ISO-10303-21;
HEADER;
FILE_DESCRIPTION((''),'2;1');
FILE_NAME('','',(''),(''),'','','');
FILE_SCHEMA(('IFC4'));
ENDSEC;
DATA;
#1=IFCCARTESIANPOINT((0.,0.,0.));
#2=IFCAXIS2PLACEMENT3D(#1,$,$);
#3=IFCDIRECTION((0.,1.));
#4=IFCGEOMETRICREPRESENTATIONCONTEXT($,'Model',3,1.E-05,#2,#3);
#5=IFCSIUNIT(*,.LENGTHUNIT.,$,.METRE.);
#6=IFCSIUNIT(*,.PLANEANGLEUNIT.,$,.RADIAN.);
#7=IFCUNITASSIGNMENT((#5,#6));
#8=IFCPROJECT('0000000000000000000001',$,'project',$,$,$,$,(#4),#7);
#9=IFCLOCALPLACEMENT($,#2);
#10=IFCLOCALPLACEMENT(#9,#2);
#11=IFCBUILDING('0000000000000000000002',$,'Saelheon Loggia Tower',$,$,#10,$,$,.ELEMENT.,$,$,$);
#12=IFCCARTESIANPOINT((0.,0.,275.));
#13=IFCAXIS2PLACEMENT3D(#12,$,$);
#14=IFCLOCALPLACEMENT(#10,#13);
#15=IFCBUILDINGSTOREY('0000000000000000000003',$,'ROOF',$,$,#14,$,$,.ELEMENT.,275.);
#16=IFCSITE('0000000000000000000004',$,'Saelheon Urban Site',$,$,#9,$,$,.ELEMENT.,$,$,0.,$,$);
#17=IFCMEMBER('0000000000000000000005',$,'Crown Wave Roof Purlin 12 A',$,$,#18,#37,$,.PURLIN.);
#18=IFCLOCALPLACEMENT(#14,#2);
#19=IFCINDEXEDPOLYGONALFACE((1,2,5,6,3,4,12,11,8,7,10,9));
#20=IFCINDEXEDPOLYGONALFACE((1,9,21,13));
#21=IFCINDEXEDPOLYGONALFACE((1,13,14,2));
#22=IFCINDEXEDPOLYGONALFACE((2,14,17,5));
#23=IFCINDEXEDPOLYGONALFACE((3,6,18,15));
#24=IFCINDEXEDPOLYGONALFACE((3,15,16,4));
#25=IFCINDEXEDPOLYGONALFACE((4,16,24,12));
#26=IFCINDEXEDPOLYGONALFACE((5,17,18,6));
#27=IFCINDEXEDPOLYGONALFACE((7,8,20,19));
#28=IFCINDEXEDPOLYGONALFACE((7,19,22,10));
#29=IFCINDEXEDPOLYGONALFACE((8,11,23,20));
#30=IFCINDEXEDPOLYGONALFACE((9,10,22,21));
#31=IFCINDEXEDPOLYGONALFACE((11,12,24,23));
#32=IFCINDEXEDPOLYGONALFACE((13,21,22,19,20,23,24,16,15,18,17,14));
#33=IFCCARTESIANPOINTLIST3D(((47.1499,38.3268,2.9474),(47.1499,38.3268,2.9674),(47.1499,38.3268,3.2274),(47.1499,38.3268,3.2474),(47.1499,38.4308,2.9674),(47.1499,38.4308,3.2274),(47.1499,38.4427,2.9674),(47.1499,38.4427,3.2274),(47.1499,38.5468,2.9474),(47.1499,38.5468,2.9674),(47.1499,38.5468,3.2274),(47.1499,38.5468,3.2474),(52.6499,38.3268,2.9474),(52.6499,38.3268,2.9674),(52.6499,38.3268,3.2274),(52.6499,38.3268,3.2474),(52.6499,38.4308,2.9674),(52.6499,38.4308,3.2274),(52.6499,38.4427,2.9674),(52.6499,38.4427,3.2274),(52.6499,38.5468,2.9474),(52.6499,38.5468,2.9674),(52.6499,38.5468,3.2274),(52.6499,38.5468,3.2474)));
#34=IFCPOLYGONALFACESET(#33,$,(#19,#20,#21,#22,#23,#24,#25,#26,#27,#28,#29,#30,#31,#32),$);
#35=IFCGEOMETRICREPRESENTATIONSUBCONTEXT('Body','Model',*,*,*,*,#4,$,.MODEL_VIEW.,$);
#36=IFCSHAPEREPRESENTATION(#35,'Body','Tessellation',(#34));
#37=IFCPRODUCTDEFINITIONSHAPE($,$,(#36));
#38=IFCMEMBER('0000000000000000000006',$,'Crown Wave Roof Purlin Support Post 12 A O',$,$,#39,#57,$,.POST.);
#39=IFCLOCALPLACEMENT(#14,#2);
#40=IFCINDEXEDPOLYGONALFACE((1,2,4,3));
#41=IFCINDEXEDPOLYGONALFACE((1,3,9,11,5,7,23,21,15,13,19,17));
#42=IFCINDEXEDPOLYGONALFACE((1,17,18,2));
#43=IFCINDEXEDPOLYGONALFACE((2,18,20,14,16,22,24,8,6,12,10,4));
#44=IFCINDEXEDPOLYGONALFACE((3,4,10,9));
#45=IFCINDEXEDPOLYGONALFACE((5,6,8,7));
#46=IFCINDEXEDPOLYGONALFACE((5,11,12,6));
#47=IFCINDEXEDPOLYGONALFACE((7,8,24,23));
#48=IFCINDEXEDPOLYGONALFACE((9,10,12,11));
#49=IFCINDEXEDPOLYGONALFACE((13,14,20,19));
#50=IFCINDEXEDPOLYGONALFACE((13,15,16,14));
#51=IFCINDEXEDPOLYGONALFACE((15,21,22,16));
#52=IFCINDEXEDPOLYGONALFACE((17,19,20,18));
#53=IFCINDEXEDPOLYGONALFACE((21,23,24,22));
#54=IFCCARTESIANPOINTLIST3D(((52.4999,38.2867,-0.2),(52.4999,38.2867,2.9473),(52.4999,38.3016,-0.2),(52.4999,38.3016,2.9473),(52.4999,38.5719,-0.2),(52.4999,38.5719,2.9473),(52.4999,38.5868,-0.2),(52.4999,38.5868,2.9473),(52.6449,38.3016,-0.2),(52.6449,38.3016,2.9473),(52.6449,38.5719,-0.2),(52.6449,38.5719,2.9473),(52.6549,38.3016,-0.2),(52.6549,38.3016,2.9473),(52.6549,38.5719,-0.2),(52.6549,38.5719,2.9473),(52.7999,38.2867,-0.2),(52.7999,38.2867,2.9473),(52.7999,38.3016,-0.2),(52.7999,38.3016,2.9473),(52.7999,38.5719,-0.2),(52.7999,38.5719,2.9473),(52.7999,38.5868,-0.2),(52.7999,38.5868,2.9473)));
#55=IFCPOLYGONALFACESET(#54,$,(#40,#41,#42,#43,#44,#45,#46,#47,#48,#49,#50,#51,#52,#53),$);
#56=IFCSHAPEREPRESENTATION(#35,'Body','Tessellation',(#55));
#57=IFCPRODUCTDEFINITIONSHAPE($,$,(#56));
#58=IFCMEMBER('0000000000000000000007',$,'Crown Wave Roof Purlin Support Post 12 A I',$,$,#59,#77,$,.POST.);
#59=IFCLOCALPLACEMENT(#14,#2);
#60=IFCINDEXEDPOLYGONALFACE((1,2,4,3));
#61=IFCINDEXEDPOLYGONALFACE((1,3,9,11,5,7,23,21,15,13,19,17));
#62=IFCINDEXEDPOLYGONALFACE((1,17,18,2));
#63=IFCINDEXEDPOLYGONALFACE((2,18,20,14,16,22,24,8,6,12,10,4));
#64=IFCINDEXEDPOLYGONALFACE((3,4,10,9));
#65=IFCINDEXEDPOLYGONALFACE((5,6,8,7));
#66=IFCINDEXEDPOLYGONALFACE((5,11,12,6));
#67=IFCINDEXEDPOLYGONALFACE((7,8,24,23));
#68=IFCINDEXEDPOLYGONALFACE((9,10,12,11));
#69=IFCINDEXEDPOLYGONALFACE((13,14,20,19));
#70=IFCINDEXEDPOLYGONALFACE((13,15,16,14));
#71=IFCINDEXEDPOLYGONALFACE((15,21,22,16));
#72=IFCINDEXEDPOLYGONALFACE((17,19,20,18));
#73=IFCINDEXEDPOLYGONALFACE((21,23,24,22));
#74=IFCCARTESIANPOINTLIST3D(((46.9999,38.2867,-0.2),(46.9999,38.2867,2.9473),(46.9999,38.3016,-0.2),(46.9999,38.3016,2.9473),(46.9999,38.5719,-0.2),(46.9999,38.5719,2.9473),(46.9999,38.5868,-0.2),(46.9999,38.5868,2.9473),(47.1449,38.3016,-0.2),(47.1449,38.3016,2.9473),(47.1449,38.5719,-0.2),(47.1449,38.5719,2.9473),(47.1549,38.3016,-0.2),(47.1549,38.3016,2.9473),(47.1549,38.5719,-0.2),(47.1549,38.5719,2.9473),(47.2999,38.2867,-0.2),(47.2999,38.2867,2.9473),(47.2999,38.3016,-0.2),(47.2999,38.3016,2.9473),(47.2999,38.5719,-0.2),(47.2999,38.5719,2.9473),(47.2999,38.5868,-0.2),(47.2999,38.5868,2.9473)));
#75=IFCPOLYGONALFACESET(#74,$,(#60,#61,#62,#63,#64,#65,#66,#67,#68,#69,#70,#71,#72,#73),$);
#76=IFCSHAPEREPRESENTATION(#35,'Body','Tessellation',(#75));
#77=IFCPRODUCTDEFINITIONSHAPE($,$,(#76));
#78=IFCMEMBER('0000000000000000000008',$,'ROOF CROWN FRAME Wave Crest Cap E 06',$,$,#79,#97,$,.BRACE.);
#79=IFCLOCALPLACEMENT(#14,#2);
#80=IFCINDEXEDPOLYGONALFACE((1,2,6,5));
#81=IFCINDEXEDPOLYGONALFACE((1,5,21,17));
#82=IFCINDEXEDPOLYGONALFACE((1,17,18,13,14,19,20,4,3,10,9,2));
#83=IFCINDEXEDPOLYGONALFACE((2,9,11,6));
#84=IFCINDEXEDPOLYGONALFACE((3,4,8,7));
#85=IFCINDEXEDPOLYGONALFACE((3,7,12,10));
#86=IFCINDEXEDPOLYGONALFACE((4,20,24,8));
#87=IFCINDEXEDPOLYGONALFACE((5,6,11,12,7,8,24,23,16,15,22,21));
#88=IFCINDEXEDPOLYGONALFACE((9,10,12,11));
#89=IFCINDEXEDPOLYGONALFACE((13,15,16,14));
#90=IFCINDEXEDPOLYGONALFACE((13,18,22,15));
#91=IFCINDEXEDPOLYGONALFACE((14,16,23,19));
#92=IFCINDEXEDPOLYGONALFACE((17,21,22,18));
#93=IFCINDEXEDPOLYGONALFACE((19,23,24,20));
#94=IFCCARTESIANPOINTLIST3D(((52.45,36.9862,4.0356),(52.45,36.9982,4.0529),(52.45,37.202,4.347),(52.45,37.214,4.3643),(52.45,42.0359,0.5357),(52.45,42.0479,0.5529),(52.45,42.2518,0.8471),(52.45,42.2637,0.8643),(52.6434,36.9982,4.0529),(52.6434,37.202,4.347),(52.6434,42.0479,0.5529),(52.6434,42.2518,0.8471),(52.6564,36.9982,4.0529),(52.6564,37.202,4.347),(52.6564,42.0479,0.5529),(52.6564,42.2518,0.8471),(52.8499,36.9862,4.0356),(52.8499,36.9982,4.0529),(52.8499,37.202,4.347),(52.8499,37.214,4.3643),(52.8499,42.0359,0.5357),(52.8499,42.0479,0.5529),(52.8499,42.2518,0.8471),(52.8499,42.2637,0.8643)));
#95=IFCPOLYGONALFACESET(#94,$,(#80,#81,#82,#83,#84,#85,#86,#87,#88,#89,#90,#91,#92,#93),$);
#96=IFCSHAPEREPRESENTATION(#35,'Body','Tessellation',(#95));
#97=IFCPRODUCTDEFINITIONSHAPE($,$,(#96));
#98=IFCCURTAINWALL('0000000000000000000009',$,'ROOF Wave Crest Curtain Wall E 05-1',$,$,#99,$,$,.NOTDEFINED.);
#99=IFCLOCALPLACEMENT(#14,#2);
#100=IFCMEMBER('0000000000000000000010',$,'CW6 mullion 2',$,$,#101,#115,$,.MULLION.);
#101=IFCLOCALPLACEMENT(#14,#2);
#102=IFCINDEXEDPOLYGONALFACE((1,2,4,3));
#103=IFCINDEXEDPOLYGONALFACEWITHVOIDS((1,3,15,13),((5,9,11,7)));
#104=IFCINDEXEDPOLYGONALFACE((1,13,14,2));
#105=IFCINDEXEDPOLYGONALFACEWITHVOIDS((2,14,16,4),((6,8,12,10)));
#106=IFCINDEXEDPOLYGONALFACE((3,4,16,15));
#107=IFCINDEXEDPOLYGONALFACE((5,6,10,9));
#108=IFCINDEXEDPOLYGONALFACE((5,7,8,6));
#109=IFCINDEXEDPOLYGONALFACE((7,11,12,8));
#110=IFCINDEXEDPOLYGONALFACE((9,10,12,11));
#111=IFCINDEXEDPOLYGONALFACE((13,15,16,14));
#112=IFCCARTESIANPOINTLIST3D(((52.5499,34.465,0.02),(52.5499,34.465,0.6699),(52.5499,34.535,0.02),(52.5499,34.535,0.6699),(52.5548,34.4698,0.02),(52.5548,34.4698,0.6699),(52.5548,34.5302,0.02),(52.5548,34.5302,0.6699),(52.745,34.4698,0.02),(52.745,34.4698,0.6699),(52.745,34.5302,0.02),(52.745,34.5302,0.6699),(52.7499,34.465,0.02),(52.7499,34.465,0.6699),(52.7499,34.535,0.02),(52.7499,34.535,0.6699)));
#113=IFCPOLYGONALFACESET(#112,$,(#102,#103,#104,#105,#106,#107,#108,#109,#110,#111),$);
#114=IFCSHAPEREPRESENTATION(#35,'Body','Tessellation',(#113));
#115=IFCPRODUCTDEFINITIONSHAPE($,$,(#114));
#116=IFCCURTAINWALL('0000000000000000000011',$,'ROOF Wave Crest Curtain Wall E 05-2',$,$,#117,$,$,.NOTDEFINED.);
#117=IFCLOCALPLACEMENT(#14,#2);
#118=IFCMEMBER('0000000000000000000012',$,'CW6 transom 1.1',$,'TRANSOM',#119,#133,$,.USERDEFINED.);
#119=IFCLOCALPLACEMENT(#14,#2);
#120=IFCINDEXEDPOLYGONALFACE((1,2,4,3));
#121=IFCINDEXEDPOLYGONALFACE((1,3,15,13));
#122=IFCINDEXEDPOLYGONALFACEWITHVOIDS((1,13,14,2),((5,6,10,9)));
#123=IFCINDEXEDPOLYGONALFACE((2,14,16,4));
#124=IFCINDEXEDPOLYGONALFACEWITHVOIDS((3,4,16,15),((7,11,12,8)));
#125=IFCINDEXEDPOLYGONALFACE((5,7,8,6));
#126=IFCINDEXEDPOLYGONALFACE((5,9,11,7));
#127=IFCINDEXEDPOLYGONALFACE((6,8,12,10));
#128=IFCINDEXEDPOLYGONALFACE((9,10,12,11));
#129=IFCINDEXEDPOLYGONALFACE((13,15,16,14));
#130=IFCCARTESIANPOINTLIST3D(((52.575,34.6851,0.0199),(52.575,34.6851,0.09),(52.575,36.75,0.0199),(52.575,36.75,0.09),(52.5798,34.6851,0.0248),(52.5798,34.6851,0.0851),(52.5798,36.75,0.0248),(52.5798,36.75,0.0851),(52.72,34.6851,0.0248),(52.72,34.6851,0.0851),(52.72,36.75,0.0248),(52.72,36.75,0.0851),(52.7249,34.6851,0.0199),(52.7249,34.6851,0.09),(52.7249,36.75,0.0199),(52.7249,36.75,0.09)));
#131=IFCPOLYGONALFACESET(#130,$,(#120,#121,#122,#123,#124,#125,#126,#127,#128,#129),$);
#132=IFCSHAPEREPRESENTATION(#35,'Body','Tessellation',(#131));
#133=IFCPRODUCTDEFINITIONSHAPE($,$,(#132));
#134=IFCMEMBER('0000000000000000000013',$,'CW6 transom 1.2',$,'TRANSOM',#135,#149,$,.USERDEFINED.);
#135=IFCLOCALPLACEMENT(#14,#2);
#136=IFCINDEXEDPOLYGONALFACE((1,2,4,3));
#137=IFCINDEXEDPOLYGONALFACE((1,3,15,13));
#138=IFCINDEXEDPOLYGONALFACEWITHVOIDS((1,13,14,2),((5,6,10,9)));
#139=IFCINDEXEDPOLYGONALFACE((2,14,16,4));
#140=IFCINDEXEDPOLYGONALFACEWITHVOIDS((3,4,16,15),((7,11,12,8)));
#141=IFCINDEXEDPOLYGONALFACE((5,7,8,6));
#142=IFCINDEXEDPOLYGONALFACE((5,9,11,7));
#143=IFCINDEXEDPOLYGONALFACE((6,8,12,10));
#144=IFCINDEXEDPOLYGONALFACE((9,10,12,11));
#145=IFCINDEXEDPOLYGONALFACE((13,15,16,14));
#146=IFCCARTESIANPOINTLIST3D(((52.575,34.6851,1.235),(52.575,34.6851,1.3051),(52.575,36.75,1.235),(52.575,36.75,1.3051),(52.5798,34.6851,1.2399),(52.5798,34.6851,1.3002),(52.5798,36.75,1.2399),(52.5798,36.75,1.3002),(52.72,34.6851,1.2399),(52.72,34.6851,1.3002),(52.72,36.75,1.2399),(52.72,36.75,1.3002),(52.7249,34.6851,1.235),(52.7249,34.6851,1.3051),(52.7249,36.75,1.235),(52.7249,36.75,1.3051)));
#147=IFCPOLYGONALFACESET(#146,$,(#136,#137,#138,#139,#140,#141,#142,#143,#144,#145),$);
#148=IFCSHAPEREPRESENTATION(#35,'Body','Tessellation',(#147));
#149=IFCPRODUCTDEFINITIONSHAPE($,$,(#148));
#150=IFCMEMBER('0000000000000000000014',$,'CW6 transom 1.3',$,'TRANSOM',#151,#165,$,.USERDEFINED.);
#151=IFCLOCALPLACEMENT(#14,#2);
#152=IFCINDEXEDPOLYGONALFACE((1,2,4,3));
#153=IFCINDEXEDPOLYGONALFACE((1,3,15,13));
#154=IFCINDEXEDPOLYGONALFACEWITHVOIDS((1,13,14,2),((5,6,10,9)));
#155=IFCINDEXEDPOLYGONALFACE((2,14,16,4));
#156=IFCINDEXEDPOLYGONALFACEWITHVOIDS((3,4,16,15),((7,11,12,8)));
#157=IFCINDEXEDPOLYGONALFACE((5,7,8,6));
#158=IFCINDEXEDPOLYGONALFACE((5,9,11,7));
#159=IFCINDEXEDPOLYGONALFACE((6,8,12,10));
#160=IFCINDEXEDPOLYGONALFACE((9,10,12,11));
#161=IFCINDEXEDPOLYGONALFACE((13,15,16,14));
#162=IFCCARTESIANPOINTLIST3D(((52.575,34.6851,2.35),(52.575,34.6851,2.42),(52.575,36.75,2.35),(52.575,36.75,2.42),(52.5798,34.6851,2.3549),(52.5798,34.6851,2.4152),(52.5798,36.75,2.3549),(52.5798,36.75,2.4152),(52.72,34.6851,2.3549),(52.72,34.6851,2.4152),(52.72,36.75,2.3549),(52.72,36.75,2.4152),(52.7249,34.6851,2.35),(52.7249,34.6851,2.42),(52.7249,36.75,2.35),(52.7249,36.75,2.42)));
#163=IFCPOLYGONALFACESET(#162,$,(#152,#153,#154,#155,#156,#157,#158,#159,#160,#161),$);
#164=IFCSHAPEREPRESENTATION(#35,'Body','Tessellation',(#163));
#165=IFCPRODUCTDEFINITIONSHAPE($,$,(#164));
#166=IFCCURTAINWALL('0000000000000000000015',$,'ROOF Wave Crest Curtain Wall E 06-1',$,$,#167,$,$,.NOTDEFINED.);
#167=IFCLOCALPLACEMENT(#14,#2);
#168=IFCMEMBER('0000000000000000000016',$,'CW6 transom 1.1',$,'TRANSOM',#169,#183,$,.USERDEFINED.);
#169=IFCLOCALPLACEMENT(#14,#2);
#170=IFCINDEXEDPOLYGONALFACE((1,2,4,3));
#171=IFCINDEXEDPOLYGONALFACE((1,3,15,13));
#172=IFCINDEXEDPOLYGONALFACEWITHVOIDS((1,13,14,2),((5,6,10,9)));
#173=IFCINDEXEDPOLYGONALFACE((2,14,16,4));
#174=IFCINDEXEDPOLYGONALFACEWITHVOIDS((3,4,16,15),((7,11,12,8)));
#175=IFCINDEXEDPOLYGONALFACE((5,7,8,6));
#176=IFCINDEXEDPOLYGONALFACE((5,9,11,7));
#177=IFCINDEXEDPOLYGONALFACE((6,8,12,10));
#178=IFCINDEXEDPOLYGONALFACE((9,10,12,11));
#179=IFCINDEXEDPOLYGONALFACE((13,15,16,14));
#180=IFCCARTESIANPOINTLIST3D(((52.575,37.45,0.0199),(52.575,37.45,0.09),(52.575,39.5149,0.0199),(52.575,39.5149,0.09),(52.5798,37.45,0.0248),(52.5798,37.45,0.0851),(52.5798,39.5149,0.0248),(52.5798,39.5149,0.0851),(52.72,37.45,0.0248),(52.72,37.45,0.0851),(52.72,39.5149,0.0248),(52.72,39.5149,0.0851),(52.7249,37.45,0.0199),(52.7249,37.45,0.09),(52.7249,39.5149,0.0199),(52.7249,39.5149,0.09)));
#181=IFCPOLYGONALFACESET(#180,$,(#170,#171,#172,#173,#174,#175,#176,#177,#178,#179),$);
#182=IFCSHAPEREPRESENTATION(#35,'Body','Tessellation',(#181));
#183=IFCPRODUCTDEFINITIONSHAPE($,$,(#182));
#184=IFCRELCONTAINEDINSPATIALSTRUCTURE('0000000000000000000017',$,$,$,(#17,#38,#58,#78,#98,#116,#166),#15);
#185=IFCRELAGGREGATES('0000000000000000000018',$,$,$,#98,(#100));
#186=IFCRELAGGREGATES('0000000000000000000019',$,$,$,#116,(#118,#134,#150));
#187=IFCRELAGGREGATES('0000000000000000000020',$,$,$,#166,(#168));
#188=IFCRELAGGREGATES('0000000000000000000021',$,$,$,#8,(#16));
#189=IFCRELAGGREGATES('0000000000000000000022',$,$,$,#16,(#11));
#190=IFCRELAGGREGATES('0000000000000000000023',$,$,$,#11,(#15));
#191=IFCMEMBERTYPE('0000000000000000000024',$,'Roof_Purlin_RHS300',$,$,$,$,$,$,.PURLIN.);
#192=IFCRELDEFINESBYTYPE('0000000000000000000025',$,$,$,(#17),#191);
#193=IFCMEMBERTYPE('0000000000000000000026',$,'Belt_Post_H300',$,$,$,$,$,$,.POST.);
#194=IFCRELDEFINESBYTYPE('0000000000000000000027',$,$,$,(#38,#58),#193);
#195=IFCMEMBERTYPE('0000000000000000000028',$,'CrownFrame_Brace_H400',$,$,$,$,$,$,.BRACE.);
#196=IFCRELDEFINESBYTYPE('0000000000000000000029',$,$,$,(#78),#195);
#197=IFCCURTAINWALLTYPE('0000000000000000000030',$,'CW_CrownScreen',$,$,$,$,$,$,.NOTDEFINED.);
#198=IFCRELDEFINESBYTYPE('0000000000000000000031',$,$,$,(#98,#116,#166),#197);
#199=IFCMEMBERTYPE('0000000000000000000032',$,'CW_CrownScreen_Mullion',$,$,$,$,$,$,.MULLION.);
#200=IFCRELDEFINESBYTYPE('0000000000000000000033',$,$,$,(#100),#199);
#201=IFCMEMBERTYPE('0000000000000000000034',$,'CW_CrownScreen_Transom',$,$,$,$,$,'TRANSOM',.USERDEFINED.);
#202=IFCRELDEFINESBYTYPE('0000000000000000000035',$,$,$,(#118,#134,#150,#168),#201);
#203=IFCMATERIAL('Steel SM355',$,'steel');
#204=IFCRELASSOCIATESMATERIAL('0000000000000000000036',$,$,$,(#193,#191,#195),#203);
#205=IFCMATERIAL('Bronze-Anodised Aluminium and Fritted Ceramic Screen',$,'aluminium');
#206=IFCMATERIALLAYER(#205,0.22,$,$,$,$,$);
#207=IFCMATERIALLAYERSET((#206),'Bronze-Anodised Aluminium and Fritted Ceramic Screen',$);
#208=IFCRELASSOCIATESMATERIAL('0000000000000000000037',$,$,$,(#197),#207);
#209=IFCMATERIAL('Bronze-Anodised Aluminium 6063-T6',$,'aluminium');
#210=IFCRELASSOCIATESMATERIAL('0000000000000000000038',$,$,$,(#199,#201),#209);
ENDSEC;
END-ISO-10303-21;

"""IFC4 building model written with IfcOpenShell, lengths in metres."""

from ifc_helpers import new_model, si_unit, direction, frame, origin, origin_2d, place, context, subcontext, project, spatial, hollow_rectangle, i_section, extrude, source, transform, mapped, material, layer, layer_set, material_profile, profile_set, type_object, element, aggregate, save


model = new_model("IFC4")

# Units and contexts
model_context = context("Model", 3, precision=1e-05, world=origin(), true_north=direction((0.0, 1.0)))
body_context = subcontext(model_context, "Body", "Model", "MODEL_VIEW")
ifc_project = project(units=[si_unit("LENGTHUNIT", "METRE"), si_unit("PLANEANGLEUNIT", "RADIAN")], contexts=[model_context])

# Site, building, storey
site_placement = place(None, origin())
site = spatial("IfcSite", under=ifc_project, at=site_placement, Name="Saelheon Urban Site", CompositionType="ELEMENT", RefElevation=0.0)
building_placement = place(site_placement, origin())
building = spatial("IfcBuilding", under=site, at=building_placement, Name="Saelheon Loggia Tower", CompositionType="ELEMENT")
storey_placement = place(building_placement, frame((0.0, 0.0, 275.0)))
storey = spatial("IfcBuildingStorey", under=building, at=storey_placement, Name="ROOF", CompositionType="ELEMENT", Elevation=275.0)

# Members
ifc_material_1 = material(Name="Steel SM355", Category="steel")
ifc_material_profile_1 = material_profile(ifc_material_1, i_section(OverallWidth=0.3, OverallDepth=0.3, WebThickness=0.01, FlangeThickness=0.0149, at=origin_2d()), Name="H-300x300x10x15")
ifc_profile_set_1 = profile_set([ifc_material_profile_1], Name="Steel SM355")
member_type_1 = type_object("IfcMemberType", Name="Belt_Post_H300", PredefinedType="POST", material=ifc_profile_set_1)
ifc_material_profile_2 = material_profile(ifc_material_1, i_section(OverallWidth=0.22, OverallDepth=0.3, WebThickness=0.012, FlangeThickness=0.02, at=origin_2d()), Name="H-300x220x12x20")
ifc_profile_set_2 = profile_set([ifc_material_profile_2], Name="Steel SM355")
member_type_2 = type_object("IfcMemberType", Name="Roof_Purlin_RHS300", PredefinedType="PURLIN", material=ifc_profile_set_2)
shared_shape_1 = source(origin(), body_context, "Body", "SweptSolid", [
    extrude(i_section(OverallWidth=0.22, OverallDepth=0.3, WebThickness=0.012, FlangeThickness=0.02, at=origin_2d()), origin(), (0.0, 0.0, 1.0), 5.5),
])
member_1_placement = place(storey_placement, frame((52.6499, 38.4368, 3.0974), z_axis=(-1.0, 0.0, 0.0), x_axis=(0.0, -1.0, 0.0)))
element("IfcMember", 1, at=member_1_placement, inside=storey, type_object=member_type_2, Name="Crown Wave Roof Purlin 12 A", PredefinedType="PURLIN", context=body_context, shape_type="MappedRepresentation", body=[
    mapped(shared_shape_1, transform((0.0, 0.0, 0.0), scale=1.0)),
])
shared_shape_2 = source(origin(), body_context, "Body", "SweptSolid", [
    extrude(i_section(OverallWidth=0.3, OverallDepth=0.3, WebThickness=0.01, FlangeThickness=0.0149, at=origin_2d()), origin(), (0.0, 0.0, 1.0), 3.1472),
])
for number, where, z_axis, x_axis, name in (
    (2, (52.6499, 38.4368, -0.2), (0.0, 0.0, 1.0), (1.0, 0.0, 0.0), "Crown Wave Roof Purlin Support Post 12 A O"),
    (3, (47.1499, 38.4368, -0.2), (0.0, 0.0, 1.0), (1.0, 0.0, 0.0), "Crown Wave Roof Purlin Support Post 12 A I"),
):
    element("IfcMember", number, at=place(storey_placement, frame(where, z_axis=z_axis, x_axis=x_axis)), inside=storey, type_object=member_type_1, Name=name, PredefinedType="POST", context=body_context, shape_type="MappedRepresentation", body=[
        mapped(shared_shape_2, transform((0.0, 0.0, 0.0), scale=1.0)),
    ])
ifc_material_profile_3 = material_profile(ifc_material_1, i_section(OverallWidth=0.3999, OverallDepth=0.3999, WebThickness=0.0129, FlangeThickness=0.021, at=origin_2d()), Name="H-400x400x13x21")
ifc_profile_set_3 = profile_set([ifc_material_profile_3], Name="Steel SM355")
member_type_3 = type_object("IfcMemberType", Name="CrownFrame_Brace_H400", PredefinedType="BRACE", material=ifc_profile_set_3)
shared_shape_3 = source(origin(), body_context, "Body", "SweptSolid", [
    extrude(i_section(OverallWidth=0.3999, OverallDepth=0.3999, WebThickness=0.0129, FlangeThickness=0.021, at=origin_2d()), origin(), (0.0, 0.0, 1.0), 6.144),
])
member_2_placement = place(storey_placement, frame((52.6499, 37.1001, 4.2), z_axis=(0.0, 0.821889, -0.569648), x_axis=(-1.0, 0.0, 0.0)))
element("IfcMember", 4, at=member_2_placement, inside=storey, type_object=member_type_3, Name="ROOF CROWN FRAME Wave Crest Cap E 06", PredefinedType="BRACE", context=body_context, shape_type="MappedRepresentation", body=[
    mapped(shared_shape_3, transform((0.0, 0.0, 0.0), scale=1.0)),
])

# Curtain wall, member
ifc_material_2 = material(Name="Bronze-Anodised Aluminium and Fritted Ceramic Screen", Category="aluminium")
ifc_layer_1 = layer(ifc_material_2, 0.22)
ifc_layer_set_1 = layer_set([ifc_layer_1], Name="Bronze-Anodised Aluminium and Fritted Ceramic Screen")
curtain_wall_type = type_object("IfcCurtainWallType", Name="CW_CrownScreen", PredefinedType="NOTDEFINED", material=ifc_layer_set_1)
curtain_wall_1_placement = place(storey_placement, origin())
curtain_wall_1 = element("IfcCurtainWall", 5, at=curtain_wall_1_placement, inside=storey, type_object=curtain_wall_type, Name="ROOF Wave Crest Curtain Wall E 05-1", PredefinedType="NOTDEFINED")
ifc_material_3 = material(Name="Bronze-Anodised Aluminium 6063-T6", Category="aluminium")
ifc_material_profile_4 = material_profile(ifc_material_3, hollow_rectangle(XDim=0.0701, YDim=0.2, WallThickness=0.0049, at=origin_2d()), Name="RHS-200x70x5")
ifc_profile_set_4 = profile_set([ifc_material_profile_4], Name="Bronze-Anodised Aluminium 6063-T6")
member_type_4 = type_object("IfcMemberType", Name="CW_CrownScreen_Mullion", PredefinedType="MULLION", material=ifc_profile_set_4)
shared_shape_4 = source(origin(), body_context, "Body", "SweptSolid", [
    extrude(hollow_rectangle(XDim=0.0701, YDim=0.2, WallThickness=0.0049, at=origin_2d()), origin(), (0.0, 0.0, 1.0), 0.6499),
])
member_3_placement = place(storey_placement, frame((52.6499, 34.5, 0.02), z_axis=(0.0, 0.0, 1.0), x_axis=(0.0, 1.0, 0.0)))
member_3 = element("IfcMember", 6, at=member_3_placement, type_object=member_type_4, Name="CW6 mullion 2", PredefinedType="MULLION", context=body_context, shape_type="MappedRepresentation", body=[
    mapped(shared_shape_4, transform((0.0, 0.0, 0.0), scale=1.0)),
])

# Curtain walls, members
curtain_wall_2_placement = place(storey_placement, origin())
curtain_wall_2 = element("IfcCurtainWall", 7, at=curtain_wall_2_placement, inside=storey, type_object=curtain_wall_type, Name="ROOF Wave Crest Curtain Wall E 05-2", PredefinedType="NOTDEFINED")
ifc_material_profile_5 = material_profile(ifc_material_3, hollow_rectangle(XDim=0.0701, YDim=0.1499, WallThickness=0.0049, at=origin_2d()), Name="RHS-150x70x5")
ifc_profile_set_5 = profile_set([ifc_material_profile_5], Name="Bronze-Anodised Aluminium 6063-T6")
member_type_5 = type_object("IfcMemberType", Name="CW_CrownScreen_Transom", ElementType="TRANSOM", PredefinedType="USERDEFINED", material=ifc_profile_set_5)
shared_shape_5 = source(origin(), body_context, "Body", "SweptSolid", [
    extrude(hollow_rectangle(XDim=0.0701, YDim=0.1499, WallThickness=0.0049, at=origin_2d()), origin(), (0.0, 0.0, 1.0), 2.0649),
])
member_4_placement = place(storey_placement, frame((52.6499, 34.6851, 0.0549), z_axis=(0.0, 1.0, 0.0), x_axis=(0.0, 0.0, 1.0)))
member_4 = element("IfcMember", 8, at=member_4_placement, type_object=member_type_5, Name="CW6 transom 1.1", ObjectType="TRANSOM", PredefinedType="USERDEFINED", context=body_context, shape_type="MappedRepresentation", body=[
    mapped(shared_shape_5, transform((0.0, 0.0, 0.0), scale=1.0)),
])
member_5_placement = place(storey_placement, frame((52.6499, 34.6851, 1.27), z_axis=(0.0, 1.0, 0.0), x_axis=(0.0, 0.0, 1.0)))
member_5 = element("IfcMember", 9, at=member_5_placement, type_object=member_type_5, Name="CW6 transom 1.2", ObjectType="TRANSOM", PredefinedType="USERDEFINED", context=body_context, shape_type="MappedRepresentation", body=[
    mapped(shared_shape_5, transform((0.0, 0.0, 0.0), scale=1.0)),
])
member_6_placement = place(storey_placement, frame((52.6499, 34.6851, 2.385), z_axis=(0.0, 1.0, 0.0), x_axis=(0.0, 0.0, 1.0)))
member_6 = element("IfcMember", 10, at=member_6_placement, type_object=member_type_5, Name="CW6 transom 1.3", ObjectType="TRANSOM", PredefinedType="USERDEFINED", context=body_context, shape_type="MappedRepresentation", body=[
    mapped(shared_shape_5, transform((0.0, 0.0, 0.0), scale=1.0)),
])
curtain_wall_3_placement = place(storey_placement, origin())
curtain_wall_3 = element("IfcCurtainWall", 11, at=curtain_wall_3_placement, inside=storey, type_object=curtain_wall_type, Name="ROOF Wave Crest Curtain Wall E 06-1", PredefinedType="NOTDEFINED")
member_7_placement = place(storey_placement, frame((52.6499, 37.45, 0.0549), z_axis=(0.0, 1.0, 0.0), x_axis=(0.0, 0.0, 1.0)))
member_7 = element("IfcMember", 12, at=member_7_placement, type_object=member_type_5, Name="CW6 transom 1.1", ObjectType="TRANSOM", PredefinedType="USERDEFINED", context=body_context, shape_type="MappedRepresentation", body=[
    mapped(shared_shape_5, transform((0.0, 0.0, 0.0), scale=1.0)),
])

aggregate(curtain_wall_1, [member_3])
aggregate(curtain_wall_2, [member_4, member_5, member_6])
aggregate(curtain_wall_3, [member_7])

save(model, "model.ifc")
